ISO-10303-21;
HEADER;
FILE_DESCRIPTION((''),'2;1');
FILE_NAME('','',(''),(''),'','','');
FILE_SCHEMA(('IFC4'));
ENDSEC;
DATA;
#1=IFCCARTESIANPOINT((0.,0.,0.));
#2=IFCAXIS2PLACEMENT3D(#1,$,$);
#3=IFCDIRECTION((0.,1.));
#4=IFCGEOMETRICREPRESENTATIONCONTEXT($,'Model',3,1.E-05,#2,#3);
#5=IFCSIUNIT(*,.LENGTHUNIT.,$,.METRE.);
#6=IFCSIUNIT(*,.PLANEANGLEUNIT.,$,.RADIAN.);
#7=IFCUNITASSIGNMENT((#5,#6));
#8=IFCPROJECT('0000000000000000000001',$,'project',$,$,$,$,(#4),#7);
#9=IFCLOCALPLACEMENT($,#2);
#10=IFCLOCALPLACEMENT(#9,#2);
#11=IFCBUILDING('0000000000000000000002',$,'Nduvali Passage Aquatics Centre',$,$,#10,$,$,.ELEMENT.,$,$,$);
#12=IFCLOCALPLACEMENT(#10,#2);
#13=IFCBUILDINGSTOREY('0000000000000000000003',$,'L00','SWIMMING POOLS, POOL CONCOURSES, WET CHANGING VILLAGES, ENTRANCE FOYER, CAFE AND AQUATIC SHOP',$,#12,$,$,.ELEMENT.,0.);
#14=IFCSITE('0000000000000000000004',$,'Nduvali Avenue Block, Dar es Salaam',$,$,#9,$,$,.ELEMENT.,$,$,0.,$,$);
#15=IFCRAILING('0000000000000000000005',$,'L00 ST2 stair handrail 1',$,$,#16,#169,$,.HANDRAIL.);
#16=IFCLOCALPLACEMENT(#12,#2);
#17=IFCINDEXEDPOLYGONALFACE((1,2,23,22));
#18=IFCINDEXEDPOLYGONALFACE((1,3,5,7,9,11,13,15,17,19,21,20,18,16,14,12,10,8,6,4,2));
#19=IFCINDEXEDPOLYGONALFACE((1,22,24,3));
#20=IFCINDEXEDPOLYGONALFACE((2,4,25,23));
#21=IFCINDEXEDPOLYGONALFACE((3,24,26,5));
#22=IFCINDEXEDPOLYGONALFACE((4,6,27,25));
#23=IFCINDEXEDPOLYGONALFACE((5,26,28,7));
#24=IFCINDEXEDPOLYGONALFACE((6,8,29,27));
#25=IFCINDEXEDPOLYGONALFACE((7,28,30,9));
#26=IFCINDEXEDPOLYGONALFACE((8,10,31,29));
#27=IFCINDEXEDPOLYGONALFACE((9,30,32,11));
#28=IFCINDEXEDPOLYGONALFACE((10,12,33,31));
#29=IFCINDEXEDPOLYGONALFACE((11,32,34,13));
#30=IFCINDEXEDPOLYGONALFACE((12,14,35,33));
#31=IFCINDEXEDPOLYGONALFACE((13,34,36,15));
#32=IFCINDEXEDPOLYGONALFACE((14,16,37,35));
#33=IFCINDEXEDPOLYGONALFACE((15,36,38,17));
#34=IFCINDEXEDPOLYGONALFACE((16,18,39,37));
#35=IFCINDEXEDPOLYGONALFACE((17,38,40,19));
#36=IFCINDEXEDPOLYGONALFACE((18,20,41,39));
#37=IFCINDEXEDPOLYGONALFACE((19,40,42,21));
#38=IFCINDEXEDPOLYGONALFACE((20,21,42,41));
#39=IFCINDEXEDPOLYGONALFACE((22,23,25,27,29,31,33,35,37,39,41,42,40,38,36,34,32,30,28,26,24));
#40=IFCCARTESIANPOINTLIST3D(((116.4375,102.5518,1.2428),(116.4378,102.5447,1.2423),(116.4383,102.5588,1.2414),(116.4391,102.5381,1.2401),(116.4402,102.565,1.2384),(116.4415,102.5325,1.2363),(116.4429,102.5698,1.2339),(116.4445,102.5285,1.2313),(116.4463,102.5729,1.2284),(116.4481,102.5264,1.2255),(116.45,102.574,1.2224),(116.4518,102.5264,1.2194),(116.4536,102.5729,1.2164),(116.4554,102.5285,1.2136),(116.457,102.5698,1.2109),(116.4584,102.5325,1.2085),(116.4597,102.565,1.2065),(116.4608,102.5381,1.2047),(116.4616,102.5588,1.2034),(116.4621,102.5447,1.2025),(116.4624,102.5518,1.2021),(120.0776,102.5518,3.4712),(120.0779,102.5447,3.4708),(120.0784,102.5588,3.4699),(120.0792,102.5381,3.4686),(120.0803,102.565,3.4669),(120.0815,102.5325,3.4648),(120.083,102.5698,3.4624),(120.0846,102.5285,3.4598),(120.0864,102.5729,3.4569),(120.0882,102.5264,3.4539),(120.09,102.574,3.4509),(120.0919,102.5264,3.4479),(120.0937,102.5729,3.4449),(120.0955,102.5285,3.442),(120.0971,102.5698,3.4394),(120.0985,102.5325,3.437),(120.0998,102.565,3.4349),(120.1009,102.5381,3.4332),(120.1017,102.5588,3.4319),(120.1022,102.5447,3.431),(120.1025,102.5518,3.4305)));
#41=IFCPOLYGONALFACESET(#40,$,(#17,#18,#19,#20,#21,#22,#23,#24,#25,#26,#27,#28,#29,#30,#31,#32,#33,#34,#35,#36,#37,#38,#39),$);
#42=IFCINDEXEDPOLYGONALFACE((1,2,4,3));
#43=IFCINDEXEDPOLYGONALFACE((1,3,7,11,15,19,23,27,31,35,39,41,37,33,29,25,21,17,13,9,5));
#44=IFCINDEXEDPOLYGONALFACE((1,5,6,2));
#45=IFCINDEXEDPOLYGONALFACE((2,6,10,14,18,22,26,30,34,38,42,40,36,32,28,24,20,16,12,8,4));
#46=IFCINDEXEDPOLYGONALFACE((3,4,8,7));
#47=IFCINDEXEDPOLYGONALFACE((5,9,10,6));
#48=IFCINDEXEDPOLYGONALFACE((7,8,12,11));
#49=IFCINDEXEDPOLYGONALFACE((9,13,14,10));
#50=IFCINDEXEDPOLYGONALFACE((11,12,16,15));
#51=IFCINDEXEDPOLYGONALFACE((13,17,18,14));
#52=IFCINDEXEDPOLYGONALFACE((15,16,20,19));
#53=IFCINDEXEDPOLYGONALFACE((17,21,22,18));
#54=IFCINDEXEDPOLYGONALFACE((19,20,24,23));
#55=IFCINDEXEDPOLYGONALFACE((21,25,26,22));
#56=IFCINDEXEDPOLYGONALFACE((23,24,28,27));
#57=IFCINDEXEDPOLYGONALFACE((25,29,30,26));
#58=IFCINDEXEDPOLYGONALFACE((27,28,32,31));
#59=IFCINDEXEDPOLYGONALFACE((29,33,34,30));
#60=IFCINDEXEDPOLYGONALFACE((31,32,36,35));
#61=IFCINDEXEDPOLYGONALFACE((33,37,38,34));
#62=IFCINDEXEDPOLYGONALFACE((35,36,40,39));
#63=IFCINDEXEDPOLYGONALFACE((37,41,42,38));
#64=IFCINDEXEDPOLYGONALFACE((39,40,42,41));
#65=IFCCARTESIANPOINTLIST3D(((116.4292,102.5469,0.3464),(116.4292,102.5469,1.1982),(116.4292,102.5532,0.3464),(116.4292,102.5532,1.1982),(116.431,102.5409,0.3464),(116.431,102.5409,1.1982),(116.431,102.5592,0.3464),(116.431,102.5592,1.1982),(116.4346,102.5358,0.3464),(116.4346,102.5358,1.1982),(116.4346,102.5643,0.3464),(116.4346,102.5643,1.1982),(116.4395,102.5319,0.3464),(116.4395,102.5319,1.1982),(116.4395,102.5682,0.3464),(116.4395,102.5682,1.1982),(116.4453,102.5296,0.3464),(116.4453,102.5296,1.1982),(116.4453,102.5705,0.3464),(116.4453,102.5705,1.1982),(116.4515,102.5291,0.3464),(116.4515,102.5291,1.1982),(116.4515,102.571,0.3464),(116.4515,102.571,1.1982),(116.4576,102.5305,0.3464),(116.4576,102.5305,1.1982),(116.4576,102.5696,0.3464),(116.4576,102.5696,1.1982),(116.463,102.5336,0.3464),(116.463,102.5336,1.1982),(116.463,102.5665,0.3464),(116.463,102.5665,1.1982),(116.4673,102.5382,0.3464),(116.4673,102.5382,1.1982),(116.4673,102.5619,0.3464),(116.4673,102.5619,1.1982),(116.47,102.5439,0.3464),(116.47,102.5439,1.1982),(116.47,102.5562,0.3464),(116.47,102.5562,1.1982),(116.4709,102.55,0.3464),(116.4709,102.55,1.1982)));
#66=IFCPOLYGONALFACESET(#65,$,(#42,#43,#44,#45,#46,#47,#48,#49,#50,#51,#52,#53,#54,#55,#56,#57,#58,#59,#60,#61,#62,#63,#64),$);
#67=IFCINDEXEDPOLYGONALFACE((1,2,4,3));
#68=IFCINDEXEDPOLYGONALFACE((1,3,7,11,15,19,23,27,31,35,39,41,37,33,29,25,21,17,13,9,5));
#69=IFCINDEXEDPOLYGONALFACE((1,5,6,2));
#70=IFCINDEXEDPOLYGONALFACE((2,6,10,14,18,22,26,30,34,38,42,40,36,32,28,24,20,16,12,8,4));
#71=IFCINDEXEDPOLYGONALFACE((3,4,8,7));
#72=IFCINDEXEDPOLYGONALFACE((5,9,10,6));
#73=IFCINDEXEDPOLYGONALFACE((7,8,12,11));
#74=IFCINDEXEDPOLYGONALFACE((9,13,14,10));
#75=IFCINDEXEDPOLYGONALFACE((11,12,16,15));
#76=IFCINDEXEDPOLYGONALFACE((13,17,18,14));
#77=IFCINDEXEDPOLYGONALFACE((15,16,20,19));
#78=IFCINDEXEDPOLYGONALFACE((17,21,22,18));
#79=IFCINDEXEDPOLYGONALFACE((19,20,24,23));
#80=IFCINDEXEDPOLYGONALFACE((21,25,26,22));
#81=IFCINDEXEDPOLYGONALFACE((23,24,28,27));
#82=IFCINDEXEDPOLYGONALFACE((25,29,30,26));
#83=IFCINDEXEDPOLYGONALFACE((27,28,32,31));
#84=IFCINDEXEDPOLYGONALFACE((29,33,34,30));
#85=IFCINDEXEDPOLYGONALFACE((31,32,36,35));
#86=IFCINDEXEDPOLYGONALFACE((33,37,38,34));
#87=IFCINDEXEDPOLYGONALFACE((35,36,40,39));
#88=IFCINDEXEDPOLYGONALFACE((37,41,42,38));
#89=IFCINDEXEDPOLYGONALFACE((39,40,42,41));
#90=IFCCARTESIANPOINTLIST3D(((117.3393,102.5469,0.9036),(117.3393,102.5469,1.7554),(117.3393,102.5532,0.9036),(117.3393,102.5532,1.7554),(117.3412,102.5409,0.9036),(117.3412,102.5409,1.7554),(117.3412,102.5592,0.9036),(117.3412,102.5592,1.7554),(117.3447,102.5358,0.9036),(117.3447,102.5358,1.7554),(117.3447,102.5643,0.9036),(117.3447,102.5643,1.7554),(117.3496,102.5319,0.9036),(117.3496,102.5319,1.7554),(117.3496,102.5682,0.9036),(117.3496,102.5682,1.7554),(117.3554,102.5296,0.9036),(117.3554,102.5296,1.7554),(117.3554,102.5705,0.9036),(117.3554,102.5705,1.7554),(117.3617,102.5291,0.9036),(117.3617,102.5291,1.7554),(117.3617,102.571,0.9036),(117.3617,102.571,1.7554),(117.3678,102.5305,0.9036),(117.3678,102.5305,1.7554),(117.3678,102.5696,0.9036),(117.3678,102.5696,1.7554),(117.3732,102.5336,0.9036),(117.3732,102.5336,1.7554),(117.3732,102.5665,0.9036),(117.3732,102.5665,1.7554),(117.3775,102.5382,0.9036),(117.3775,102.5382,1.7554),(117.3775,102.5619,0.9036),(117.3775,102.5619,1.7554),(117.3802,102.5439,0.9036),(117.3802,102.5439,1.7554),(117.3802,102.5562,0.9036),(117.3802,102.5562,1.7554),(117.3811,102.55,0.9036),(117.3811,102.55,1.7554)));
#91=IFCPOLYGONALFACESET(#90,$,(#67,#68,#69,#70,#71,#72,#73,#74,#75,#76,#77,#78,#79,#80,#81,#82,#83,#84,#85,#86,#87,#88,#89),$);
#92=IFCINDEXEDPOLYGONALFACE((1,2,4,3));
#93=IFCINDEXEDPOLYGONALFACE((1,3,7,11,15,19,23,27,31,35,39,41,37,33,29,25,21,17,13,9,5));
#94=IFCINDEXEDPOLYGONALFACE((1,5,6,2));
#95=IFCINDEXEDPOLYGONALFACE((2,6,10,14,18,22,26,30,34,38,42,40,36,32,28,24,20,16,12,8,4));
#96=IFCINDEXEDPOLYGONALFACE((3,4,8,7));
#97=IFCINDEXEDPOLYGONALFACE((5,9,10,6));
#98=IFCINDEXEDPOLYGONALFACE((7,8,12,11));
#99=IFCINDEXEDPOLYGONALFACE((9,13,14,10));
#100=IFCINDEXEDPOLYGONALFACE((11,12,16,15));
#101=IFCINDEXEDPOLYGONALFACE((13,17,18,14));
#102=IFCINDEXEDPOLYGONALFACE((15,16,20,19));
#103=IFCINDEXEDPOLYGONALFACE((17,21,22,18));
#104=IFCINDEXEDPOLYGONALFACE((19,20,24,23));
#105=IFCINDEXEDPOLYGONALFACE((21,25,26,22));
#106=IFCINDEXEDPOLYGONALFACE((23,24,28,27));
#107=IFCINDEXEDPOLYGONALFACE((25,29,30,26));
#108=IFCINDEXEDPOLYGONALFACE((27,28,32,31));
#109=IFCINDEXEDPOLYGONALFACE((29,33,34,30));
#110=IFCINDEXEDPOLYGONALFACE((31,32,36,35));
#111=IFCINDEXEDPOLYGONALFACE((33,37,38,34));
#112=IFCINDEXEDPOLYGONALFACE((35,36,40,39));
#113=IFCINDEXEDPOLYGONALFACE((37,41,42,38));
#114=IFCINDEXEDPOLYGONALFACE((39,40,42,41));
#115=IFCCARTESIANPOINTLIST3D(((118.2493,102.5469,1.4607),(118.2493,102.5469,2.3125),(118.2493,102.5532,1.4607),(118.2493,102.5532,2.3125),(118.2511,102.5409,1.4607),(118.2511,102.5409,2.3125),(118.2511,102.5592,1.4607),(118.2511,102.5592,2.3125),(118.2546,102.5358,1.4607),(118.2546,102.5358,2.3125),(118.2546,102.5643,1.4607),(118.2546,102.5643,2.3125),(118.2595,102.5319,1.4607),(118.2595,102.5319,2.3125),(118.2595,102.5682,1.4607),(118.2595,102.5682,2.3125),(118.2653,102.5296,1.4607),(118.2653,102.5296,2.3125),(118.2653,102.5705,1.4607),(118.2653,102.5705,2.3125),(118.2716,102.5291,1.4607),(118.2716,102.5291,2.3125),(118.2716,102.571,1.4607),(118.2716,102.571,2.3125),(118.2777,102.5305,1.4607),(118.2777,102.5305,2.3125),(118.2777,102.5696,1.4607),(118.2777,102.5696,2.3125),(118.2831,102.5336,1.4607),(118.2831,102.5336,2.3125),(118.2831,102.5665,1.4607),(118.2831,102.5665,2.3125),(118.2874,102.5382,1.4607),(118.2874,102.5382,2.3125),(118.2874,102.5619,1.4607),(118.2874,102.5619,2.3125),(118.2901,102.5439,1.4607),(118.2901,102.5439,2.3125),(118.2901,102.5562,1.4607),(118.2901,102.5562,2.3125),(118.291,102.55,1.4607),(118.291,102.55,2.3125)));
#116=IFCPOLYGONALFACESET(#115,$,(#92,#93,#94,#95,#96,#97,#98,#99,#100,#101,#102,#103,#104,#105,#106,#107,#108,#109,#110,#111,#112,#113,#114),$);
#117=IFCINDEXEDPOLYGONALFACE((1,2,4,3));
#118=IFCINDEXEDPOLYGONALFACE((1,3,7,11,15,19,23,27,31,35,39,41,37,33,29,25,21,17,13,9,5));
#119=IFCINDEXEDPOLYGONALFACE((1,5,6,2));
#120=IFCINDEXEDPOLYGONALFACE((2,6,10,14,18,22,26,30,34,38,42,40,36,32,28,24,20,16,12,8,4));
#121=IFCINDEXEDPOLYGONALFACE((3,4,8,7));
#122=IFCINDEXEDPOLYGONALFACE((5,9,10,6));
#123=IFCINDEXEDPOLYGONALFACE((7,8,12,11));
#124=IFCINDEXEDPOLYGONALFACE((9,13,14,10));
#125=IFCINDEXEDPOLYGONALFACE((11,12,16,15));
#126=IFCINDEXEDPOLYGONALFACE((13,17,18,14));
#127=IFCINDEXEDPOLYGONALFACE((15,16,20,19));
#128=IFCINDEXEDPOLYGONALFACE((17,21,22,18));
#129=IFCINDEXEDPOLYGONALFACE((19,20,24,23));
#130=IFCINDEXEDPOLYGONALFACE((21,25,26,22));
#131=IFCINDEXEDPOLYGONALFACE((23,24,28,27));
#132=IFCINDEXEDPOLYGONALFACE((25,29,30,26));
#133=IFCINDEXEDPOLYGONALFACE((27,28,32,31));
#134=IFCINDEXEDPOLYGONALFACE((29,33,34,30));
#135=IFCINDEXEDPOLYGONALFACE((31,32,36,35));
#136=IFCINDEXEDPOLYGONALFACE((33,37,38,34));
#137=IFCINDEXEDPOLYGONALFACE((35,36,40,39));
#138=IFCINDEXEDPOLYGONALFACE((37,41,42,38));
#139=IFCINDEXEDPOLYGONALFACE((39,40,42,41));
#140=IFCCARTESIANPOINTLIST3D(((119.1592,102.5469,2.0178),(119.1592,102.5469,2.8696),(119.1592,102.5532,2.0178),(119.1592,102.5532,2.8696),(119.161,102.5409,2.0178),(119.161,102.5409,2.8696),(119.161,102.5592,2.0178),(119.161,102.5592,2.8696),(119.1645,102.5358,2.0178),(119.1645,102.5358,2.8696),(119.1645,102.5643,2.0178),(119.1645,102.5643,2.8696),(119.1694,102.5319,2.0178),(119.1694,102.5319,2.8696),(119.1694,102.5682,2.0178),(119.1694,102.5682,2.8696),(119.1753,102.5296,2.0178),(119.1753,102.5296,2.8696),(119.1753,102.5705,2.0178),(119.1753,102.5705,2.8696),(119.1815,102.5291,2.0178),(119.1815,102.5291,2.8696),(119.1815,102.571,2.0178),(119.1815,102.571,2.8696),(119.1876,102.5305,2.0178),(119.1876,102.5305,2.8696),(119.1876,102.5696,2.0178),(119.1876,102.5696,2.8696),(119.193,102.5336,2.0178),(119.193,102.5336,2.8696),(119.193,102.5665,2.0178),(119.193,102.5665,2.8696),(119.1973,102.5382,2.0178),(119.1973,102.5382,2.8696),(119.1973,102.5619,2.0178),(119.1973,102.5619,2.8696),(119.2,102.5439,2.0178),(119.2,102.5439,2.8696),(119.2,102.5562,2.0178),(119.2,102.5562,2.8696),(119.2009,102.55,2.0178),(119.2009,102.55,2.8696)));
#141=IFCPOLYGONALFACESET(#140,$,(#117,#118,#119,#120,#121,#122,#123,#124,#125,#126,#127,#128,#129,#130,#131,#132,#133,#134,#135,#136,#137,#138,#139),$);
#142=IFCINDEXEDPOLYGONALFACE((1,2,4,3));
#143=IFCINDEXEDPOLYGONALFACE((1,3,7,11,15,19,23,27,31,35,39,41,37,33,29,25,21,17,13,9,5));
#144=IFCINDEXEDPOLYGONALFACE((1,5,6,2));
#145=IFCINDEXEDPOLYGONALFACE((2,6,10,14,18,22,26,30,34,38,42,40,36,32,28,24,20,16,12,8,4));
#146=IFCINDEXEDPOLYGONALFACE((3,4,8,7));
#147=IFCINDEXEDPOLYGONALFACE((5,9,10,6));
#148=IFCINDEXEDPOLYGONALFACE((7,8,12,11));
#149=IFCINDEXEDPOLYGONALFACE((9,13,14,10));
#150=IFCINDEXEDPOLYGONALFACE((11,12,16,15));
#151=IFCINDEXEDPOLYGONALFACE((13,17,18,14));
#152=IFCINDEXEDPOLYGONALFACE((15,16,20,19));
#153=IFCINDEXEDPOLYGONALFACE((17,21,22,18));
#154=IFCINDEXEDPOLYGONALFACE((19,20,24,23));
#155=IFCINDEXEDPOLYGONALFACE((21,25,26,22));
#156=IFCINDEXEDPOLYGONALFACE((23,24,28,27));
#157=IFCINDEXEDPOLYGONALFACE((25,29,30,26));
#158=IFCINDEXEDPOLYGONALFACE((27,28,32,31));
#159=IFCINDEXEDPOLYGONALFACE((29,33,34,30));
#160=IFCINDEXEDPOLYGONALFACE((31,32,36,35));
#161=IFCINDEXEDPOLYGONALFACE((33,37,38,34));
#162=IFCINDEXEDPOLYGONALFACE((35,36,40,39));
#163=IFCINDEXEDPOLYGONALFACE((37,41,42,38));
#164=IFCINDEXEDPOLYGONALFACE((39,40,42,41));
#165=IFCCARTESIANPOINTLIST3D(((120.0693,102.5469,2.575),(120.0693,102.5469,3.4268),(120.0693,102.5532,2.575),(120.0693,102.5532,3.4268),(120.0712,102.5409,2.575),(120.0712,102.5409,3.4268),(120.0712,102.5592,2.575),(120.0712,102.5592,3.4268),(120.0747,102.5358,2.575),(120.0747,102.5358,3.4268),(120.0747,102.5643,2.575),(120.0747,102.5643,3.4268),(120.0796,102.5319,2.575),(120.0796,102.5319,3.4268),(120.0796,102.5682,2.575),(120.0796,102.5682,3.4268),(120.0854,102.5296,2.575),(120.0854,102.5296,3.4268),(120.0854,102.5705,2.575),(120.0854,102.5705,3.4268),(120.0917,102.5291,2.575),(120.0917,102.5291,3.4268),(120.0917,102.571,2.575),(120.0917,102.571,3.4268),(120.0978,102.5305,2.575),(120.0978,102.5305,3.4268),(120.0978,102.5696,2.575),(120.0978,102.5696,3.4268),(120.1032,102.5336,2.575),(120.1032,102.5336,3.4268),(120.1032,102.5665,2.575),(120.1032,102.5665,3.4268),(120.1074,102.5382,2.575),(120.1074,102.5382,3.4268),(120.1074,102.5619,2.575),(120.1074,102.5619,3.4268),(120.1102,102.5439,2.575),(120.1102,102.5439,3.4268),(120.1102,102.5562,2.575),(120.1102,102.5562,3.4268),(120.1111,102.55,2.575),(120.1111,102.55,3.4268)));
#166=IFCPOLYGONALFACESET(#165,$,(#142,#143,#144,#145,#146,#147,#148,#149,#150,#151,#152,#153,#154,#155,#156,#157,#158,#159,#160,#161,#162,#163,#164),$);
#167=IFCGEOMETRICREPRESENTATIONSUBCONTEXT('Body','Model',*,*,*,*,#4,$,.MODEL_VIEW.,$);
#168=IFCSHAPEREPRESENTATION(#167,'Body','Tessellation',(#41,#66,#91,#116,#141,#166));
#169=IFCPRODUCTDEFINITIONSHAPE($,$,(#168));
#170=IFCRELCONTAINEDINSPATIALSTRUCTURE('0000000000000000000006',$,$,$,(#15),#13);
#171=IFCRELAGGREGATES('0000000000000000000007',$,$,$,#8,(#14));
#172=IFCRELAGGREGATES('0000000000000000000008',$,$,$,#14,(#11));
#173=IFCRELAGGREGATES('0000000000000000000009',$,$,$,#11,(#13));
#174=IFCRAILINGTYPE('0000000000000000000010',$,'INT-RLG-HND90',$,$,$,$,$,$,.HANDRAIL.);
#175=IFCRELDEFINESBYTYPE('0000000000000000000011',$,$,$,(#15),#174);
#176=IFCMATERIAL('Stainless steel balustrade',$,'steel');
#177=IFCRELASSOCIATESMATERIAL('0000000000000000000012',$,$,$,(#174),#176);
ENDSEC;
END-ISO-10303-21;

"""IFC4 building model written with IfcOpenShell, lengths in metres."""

from ifc_helpers import new_model, si_unit, direction, frame, origin, origin_2d, place, context, subcontext, project, spatial, circle, extrude, material, type_object, element, save


model = new_model("IFC4")

# Units and contexts
model_context = context("Model", 3, precision=1e-05, world=origin(), true_north=direction((0.0, 1.0)))
body_context = subcontext(model_context, "Body", "Model", "MODEL_VIEW")
ifc_project = project(units=[si_unit("LENGTHUNIT", "METRE"), si_unit("PLANEANGLEUNIT", "RADIAN")], contexts=[model_context])

# Site, building, storey
site_placement = place(None, origin())
site = spatial("IfcSite", under=ifc_project, at=site_placement, Name="Nduvali Avenue Block, Dar es Salaam", CompositionType="ELEMENT", RefElevation=0.0)
building_placement = place(site_placement, origin())
building = spatial("IfcBuilding", under=site, at=building_placement, Name="Nduvali Passage Aquatics Centre", CompositionType="ELEMENT")
storey_placement = place(building_placement, origin())
storey = spatial("IfcBuildingStorey", under=building, at=storey_placement, Name="L00", Description="SWIMMING POOLS, POOL CONCOURSES, WET CHANGING VILLAGES, ENTRANCE FOYER, CAFE AND AQUATIC SHOP", CompositionType="ELEMENT", Elevation=0.0)

# Railing
ifc_material_1 = material(Name="Stainless steel balustrade", Category="steel")
railing_type_1 = type_object("IfcRailingType", Name="INT-RLG-HND90", PredefinedType="HANDRAIL", material=ifc_material_1)
railing_1_placement = place(storey_placement, frame((116.45, 102.55, 0.3464)))
element("IfcRailing", 1, at=railing_1_placement, inside=storey, type_object=railing_type_1, Name="L00 ST2 stair handrail 1", PredefinedType="HANDRAIL", context=body_context, shape_type="SweptSolid", body=[
    extrude(circle(Radius=0.0239, at=origin_2d()), frame((0.0, 0.0, 0.876), z_axis=(0.852866, 0.0, 0.52213), x_axis=(0.0, 1.0, 0.0)), (0.0, 0.0, 1.0), 4.2681),
    extrude(circle(Radius=0.021, at=origin_2d()), origin(), (0.0, 0.0, 1.0), 0.8518),
    extrude(circle(Radius=0.021, at=origin_2d()), frame((0.9102, 0.0, 0.5571)), (0.0, 0.0, 1.0), 0.8518),
    extrude(circle(Radius=0.021, at=origin_2d()), frame((1.8201, 0.0, 1.1143)), (0.0, 0.0, 1.0), 0.8518),
    extrude(circle(Radius=0.021, at=origin_2d()), frame((2.73, 0.0, 1.6714)), (0.0, 0.0, 1.0), 0.8518),
    extrude(circle(Radius=0.021, at=origin_2d()), frame((3.6401, 0.0, 2.2285)), (0.0, 0.0, 1.0), 0.8518),
])

save(model, "model.ifc")
